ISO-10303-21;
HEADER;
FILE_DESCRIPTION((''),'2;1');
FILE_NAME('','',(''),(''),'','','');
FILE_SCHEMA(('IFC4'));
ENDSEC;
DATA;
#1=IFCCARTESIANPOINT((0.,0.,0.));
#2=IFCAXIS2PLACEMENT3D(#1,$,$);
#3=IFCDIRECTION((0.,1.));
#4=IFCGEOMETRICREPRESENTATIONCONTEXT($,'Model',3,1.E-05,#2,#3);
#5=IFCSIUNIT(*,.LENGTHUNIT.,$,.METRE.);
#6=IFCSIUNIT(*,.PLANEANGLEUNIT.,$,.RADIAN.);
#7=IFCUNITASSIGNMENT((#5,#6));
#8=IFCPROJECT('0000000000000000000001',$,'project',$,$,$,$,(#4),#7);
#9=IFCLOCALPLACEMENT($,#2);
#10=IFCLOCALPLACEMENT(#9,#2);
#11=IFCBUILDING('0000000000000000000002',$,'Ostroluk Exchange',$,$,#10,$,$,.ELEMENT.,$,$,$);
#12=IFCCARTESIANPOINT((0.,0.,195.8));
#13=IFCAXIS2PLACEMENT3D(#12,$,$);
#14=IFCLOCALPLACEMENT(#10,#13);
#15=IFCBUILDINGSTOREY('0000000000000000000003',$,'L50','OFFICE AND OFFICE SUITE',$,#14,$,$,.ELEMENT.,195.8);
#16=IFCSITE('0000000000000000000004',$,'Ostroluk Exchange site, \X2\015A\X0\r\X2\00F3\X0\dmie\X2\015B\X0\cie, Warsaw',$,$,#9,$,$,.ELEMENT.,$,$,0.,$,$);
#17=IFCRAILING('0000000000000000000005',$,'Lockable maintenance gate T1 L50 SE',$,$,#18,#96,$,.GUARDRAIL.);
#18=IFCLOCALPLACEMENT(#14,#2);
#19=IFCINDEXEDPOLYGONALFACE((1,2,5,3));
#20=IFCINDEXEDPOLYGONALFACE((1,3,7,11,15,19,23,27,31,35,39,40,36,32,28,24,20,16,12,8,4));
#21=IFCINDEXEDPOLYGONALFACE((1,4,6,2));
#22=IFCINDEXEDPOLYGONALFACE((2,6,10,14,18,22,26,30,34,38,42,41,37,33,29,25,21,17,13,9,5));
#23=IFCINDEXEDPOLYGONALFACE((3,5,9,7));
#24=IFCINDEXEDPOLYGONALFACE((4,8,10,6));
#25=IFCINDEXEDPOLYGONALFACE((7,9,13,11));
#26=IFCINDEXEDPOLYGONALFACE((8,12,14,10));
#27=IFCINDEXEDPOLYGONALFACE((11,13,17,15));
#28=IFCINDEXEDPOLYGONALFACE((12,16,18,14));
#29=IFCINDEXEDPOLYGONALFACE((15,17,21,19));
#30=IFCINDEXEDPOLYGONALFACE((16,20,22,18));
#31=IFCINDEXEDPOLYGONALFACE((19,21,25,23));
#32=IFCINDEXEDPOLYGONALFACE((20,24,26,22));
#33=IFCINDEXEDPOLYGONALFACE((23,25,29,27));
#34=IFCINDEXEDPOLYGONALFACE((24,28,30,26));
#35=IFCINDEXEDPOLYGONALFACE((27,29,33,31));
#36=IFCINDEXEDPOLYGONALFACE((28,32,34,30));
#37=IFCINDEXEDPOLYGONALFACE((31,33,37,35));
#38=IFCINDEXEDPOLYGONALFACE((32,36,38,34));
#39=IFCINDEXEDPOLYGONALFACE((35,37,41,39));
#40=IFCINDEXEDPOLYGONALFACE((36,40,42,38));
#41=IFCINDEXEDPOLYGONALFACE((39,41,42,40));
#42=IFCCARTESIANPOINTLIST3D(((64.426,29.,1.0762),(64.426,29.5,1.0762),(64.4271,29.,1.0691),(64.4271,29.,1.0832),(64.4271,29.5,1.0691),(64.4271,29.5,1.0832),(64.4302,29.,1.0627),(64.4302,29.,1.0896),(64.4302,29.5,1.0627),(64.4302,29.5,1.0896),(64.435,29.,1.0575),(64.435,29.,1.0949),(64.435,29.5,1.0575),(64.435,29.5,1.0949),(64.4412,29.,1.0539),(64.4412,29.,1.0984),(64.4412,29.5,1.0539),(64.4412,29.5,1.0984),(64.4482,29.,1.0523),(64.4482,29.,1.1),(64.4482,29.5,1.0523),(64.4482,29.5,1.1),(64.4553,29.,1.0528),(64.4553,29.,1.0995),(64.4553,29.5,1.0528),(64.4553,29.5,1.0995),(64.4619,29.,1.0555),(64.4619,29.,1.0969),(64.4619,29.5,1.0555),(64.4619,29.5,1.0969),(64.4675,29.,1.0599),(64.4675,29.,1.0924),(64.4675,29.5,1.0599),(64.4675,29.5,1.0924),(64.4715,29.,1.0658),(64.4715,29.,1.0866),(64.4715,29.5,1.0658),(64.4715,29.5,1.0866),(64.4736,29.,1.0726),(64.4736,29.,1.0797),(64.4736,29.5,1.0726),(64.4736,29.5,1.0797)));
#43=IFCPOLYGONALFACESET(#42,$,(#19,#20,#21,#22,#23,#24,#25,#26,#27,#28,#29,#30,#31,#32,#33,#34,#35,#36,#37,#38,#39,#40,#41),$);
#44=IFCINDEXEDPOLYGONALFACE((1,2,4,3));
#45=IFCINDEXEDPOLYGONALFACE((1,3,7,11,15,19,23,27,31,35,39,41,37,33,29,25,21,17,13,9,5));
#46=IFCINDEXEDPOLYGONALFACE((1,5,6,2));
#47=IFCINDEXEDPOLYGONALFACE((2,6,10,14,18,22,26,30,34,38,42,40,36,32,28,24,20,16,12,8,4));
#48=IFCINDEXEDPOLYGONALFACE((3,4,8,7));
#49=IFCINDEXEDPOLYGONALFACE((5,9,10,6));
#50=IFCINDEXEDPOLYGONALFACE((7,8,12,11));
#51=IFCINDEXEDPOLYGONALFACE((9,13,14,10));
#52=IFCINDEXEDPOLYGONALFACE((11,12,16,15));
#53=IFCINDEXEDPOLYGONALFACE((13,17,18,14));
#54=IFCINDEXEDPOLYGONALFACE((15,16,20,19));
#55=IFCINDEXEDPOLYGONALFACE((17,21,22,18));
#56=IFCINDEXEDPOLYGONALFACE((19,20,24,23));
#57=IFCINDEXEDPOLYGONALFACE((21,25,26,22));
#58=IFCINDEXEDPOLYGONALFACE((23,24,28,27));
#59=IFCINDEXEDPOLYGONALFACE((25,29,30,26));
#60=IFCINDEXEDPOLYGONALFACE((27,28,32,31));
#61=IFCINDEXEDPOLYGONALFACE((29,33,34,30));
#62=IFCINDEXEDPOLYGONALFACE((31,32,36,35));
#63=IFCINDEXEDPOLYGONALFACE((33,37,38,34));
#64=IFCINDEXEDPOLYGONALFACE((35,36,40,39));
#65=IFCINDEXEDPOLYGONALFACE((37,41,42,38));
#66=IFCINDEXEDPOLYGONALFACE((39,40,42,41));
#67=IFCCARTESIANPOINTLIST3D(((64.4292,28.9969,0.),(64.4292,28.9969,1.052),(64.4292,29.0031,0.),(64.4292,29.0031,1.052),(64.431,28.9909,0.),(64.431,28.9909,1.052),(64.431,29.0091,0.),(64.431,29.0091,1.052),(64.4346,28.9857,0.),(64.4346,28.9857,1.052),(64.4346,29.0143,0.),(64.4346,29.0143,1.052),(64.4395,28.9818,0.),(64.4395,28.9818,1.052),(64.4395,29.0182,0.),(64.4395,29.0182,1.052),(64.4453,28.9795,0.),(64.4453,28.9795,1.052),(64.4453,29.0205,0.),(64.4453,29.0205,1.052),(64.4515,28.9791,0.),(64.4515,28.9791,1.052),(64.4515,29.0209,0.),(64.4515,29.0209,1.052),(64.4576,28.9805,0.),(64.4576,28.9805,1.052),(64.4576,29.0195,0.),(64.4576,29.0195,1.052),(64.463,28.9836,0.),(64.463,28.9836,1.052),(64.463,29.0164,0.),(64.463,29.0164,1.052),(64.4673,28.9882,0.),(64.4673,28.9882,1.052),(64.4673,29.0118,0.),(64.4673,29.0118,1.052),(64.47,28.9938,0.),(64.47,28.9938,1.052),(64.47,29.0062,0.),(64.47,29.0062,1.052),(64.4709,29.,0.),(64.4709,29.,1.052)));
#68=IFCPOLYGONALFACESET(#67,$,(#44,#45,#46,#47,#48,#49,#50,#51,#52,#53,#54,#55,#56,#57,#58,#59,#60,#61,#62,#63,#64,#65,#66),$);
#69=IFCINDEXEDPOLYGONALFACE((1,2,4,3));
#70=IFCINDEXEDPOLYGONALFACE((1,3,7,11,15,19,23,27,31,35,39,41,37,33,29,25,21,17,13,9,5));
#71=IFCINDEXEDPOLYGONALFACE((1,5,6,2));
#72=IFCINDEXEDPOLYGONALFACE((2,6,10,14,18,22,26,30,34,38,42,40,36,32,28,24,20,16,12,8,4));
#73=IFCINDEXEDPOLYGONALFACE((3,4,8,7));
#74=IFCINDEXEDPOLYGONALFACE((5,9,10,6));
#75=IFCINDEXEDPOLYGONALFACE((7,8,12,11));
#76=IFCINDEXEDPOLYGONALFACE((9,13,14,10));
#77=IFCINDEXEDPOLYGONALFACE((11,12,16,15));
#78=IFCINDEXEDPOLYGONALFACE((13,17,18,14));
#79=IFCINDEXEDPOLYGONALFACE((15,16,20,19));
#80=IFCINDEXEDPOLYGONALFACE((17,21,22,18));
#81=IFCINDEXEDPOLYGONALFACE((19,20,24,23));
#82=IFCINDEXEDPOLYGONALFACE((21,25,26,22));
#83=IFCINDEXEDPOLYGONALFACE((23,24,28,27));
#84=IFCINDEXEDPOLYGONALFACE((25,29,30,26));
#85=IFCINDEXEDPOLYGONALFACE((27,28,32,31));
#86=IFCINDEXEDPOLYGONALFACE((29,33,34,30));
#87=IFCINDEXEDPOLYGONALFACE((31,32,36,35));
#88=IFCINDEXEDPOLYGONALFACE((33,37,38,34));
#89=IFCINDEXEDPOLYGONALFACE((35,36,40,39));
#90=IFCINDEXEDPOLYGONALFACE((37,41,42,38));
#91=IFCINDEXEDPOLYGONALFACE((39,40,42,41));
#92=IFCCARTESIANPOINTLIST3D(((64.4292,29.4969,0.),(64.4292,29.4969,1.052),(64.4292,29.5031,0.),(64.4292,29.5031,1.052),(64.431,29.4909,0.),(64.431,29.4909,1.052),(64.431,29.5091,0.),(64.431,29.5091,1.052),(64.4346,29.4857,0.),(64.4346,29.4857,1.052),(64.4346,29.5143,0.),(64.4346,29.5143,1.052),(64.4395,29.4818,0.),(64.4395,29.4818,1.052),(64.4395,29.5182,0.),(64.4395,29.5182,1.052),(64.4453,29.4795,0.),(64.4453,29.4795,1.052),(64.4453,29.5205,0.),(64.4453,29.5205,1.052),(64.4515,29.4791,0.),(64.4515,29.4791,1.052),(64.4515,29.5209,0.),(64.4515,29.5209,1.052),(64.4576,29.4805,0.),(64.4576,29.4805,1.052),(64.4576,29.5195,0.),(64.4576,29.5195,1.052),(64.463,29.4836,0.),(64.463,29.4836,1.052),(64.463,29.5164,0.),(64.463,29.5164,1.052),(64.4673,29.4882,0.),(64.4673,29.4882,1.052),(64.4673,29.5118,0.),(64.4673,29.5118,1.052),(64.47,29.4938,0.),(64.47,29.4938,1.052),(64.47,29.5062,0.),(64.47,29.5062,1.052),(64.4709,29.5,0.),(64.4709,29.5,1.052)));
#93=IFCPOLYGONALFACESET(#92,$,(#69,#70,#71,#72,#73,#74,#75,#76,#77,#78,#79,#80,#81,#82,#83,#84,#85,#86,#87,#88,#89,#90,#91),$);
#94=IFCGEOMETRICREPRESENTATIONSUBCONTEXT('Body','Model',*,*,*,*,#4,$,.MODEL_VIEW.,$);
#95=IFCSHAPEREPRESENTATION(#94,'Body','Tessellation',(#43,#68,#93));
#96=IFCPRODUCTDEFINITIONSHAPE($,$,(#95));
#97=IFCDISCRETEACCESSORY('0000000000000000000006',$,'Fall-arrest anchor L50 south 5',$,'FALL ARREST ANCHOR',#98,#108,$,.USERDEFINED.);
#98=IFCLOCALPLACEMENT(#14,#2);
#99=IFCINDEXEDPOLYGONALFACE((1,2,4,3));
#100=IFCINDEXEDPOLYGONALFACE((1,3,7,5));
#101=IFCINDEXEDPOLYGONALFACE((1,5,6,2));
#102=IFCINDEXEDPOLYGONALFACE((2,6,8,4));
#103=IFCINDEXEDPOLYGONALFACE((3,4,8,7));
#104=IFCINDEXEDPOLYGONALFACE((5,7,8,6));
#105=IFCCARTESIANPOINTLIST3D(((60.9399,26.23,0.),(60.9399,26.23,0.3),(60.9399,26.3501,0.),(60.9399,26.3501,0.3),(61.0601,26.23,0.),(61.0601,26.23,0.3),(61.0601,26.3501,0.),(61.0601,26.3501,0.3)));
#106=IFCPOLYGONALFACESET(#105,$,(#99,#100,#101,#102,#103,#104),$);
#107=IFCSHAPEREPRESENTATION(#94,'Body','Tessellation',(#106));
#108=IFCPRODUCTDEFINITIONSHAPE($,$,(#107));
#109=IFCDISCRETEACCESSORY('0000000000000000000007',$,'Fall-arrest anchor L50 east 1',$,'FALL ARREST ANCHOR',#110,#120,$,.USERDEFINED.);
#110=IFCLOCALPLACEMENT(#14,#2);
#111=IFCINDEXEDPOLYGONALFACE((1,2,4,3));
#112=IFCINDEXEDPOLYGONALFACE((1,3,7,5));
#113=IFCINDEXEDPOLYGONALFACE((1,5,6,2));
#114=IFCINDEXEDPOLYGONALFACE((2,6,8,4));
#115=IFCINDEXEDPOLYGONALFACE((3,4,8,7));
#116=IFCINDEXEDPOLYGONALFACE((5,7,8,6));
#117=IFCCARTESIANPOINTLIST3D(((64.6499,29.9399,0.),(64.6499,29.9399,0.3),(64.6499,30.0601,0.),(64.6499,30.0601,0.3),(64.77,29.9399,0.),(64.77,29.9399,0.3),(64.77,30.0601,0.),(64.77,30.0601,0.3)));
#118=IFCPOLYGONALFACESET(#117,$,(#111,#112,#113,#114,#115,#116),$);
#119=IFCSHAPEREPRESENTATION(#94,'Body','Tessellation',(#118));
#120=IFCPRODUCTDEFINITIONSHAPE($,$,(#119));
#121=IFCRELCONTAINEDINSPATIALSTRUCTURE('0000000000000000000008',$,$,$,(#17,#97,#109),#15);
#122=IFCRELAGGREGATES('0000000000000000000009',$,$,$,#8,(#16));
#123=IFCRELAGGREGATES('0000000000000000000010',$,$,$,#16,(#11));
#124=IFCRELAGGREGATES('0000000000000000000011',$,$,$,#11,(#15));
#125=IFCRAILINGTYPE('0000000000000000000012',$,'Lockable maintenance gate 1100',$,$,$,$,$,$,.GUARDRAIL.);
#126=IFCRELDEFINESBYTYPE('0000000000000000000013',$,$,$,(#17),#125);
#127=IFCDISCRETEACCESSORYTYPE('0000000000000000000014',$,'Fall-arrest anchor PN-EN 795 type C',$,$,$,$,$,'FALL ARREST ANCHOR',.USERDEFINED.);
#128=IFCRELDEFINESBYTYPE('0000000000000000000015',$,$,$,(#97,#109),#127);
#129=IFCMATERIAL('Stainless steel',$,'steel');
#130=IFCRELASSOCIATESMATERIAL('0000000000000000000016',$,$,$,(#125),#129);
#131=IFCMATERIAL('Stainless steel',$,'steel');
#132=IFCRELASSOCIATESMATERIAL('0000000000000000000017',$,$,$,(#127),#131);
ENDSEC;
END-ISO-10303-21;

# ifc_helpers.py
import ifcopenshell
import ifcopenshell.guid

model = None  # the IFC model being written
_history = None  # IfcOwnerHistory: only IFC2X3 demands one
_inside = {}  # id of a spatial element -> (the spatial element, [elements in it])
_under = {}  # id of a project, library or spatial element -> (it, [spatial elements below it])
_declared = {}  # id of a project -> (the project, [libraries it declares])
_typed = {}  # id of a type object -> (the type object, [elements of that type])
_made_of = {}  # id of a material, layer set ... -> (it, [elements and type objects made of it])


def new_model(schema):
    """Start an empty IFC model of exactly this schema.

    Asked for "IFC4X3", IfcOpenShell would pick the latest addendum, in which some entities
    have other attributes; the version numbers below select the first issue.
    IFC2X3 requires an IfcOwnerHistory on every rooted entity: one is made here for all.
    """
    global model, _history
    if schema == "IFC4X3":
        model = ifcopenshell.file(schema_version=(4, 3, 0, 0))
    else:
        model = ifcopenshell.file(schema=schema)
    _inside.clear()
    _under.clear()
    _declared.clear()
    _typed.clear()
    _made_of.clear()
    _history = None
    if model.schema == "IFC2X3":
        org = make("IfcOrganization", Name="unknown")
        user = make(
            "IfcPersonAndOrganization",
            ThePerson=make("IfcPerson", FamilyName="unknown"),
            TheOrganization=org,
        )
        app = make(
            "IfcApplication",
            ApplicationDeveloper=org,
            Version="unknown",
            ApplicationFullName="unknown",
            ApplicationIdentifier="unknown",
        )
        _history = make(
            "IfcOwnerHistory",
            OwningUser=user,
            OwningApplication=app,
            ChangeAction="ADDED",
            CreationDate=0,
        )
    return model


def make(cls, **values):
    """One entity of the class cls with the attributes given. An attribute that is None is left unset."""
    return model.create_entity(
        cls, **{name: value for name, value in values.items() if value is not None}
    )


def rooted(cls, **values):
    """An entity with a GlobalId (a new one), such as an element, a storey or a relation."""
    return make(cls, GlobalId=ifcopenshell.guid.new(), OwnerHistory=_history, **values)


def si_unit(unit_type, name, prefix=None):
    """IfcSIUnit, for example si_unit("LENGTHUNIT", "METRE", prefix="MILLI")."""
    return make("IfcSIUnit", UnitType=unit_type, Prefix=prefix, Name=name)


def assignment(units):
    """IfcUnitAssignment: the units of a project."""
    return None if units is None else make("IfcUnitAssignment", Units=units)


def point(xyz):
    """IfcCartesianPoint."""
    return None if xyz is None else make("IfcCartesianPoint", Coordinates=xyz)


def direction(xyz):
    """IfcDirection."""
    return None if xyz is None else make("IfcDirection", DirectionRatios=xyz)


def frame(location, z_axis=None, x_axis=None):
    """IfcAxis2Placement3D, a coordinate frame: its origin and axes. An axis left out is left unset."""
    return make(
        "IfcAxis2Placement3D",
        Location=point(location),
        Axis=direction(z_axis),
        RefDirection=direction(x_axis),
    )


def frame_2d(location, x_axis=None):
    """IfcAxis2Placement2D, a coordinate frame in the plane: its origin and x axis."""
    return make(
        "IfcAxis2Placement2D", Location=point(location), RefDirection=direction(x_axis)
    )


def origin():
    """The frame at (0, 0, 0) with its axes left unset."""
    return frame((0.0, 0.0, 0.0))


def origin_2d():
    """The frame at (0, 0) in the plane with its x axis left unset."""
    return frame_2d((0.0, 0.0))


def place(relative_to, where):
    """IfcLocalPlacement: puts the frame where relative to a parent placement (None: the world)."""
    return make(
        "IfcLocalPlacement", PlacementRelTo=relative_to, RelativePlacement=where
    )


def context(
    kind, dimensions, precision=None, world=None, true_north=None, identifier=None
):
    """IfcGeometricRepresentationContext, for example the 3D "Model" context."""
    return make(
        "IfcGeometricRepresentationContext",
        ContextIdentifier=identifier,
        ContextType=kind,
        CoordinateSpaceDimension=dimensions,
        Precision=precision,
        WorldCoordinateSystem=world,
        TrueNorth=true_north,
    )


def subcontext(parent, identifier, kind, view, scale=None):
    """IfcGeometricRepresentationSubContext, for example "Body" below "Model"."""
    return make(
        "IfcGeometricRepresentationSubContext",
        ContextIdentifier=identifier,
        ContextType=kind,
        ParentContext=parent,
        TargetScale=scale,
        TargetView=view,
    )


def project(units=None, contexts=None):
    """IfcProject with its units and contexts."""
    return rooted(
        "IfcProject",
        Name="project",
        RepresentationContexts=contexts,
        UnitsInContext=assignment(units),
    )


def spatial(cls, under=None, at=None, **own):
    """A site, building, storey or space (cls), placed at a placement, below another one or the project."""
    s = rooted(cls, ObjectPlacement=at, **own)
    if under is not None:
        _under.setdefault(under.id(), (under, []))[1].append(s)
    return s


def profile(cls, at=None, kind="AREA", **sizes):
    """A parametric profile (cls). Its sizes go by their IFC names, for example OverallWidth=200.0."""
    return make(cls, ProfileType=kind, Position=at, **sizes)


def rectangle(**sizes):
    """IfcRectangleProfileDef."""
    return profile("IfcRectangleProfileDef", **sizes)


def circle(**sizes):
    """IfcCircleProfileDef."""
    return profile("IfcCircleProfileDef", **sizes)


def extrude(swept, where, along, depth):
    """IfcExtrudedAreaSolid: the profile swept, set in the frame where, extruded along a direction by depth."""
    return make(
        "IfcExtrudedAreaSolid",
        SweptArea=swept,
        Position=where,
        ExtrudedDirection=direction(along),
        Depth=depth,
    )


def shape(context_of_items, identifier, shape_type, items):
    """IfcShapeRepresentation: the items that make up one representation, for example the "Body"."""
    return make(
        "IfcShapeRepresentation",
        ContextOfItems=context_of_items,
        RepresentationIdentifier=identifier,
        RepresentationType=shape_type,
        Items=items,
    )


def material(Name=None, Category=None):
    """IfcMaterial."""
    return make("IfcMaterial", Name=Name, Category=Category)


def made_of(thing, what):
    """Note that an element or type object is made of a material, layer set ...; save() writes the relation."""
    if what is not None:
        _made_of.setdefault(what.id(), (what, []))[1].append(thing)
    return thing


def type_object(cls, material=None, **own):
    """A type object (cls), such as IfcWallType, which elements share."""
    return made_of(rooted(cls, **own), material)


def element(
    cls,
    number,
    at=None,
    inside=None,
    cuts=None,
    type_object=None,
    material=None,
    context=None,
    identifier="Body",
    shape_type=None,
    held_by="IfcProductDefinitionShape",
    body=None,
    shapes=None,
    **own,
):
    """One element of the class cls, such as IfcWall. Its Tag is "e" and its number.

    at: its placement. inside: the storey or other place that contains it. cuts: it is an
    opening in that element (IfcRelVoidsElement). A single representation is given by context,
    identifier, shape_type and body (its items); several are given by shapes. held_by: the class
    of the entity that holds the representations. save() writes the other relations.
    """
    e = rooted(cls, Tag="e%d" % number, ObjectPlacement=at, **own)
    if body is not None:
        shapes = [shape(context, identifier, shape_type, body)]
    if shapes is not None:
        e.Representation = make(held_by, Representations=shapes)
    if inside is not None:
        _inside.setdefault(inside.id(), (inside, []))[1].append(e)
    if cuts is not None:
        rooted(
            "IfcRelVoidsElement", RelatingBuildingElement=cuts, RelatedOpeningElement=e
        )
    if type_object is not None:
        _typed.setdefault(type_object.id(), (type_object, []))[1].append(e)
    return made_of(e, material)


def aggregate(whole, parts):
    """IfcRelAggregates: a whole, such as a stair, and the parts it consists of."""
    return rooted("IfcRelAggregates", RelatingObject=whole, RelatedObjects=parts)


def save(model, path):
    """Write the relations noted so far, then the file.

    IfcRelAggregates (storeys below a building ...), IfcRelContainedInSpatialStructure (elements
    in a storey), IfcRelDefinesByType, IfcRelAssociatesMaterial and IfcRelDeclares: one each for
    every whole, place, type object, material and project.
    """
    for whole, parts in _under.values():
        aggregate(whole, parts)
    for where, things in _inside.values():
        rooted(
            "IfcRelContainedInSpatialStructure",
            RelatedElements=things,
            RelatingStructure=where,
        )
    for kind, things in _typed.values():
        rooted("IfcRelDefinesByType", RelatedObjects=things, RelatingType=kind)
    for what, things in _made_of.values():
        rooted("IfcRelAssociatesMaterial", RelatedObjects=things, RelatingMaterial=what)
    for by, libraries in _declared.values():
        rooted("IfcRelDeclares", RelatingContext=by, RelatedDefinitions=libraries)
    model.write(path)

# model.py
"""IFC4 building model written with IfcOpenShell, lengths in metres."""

from ifc_helpers import new_model, si_unit, direction, frame, origin, origin_2d, place, context, subcontext, project, spatial, rectangle, circle, extrude, material, type_object, element, save


model = new_model("IFC4")

# Units and contexts
model_context = context("Model", 3, precision=1e-05, world=origin(), true_north=direction((0.0, 1.0)))
body_context = subcontext(model_context, "Body", "Model", "MODEL_VIEW")
ifc_project = project(units=[si_unit("LENGTHUNIT", "METRE"), si_unit("PLANEANGLEUNIT", "RADIAN")], contexts=[model_context])

# Site, building, storey
site_placement = place(None, origin())
site = spatial("IfcSite", under=ifc_project, at=site_placement, Name="Ostroluk Exchange site, Śródmieście, Warsaw", CompositionType="ELEMENT", RefElevation=0.0)
building_placement = place(site_placement, origin())
building = spatial("IfcBuilding", under=site, at=building_placement, Name="Ostroluk Exchange", CompositionType="ELEMENT")
storey_placement = place(building_placement, frame((0.0, 0.0, 195.8)))
storey = spatial("IfcBuildingStorey", under=building, at=storey_placement, Name="L50", Description="OFFICE AND OFFICE SUITE", CompositionType="ELEMENT", Elevation=195.8)

# Railing
ifc_material_1 = material(Name="Stainless steel", Category="steel")
railing_type_1 = type_object("IfcRailingType", Name="Lockable maintenance gate 1100", PredefinedType="GUARDRAIL", material=ifc_material_1)
railing_1_placement = place(storey_placement, frame((64.45, 29.0, 0.0)))
element("IfcRailing", 1, at=railing_1_placement, inside=storey, type_object=railing_type_1, Name="Lockable maintenance gate T1 L50 SE", PredefinedType="GUARDRAIL", context=body_context, shape_type="SweptSolid", body=[
    extrude(circle(Radius=0.0239, at=origin_2d()), frame((0.0, 0.0, 1.0762), z_axis=(0.0, 1.0, 0.0), x_axis=(-1.0, 0.0, 0.0)), (0.0, 0.0, 1.0), 0.5),
    extrude(circle(Radius=0.021, at=origin_2d()), origin(), (0.0, 0.0, 1.0), 1.052),
    extrude(circle(Radius=0.021, at=origin_2d()), frame((0.0, 0.5, 0.0)), (0.0, 0.0, 1.0), 1.052),
])

# Discrete accessories
ifc_material_2 = material(Name="Stainless steel", Category="steel")
discrete_accessory_type = type_object("IfcDiscreteAccessoryType", Name="Fall-arrest anchor PN-EN 795 type C", ElementType="FALL ARREST ANCHOR", PredefinedType="USERDEFINED", material=ifc_material_2)
for number, where, z_axis, x_axis, name in (
    (2, (61.0, 26.29, 0.0), (0.0, 0.0, 1.0), (1.0, 0.0, 0.0), "Fall-arrest anchor L50 south 5"),
    (3, (64.71, 30.0, 0.0), (0.0, 0.0, 1.0), (1.0, 0.0, 0.0), "Fall-arrest anchor L50 east 1"),
):
    element("IfcDiscreteAccessory", number, at=place(storey_placement, frame(where, z_axis=z_axis, x_axis=x_axis)), inside=storey, type_object=discrete_accessory_type, Name=name, ObjectType="FALL ARREST ANCHOR", PredefinedType="USERDEFINED", context=body_context, shape_type="SweptSolid", body=[
        extrude(rectangle(XDim=0.1201, YDim=0.1201, at=origin_2d()), origin(), (0.0, 0.0, 1.0), 0.3),
    ])

save(model, "model.ifc")
